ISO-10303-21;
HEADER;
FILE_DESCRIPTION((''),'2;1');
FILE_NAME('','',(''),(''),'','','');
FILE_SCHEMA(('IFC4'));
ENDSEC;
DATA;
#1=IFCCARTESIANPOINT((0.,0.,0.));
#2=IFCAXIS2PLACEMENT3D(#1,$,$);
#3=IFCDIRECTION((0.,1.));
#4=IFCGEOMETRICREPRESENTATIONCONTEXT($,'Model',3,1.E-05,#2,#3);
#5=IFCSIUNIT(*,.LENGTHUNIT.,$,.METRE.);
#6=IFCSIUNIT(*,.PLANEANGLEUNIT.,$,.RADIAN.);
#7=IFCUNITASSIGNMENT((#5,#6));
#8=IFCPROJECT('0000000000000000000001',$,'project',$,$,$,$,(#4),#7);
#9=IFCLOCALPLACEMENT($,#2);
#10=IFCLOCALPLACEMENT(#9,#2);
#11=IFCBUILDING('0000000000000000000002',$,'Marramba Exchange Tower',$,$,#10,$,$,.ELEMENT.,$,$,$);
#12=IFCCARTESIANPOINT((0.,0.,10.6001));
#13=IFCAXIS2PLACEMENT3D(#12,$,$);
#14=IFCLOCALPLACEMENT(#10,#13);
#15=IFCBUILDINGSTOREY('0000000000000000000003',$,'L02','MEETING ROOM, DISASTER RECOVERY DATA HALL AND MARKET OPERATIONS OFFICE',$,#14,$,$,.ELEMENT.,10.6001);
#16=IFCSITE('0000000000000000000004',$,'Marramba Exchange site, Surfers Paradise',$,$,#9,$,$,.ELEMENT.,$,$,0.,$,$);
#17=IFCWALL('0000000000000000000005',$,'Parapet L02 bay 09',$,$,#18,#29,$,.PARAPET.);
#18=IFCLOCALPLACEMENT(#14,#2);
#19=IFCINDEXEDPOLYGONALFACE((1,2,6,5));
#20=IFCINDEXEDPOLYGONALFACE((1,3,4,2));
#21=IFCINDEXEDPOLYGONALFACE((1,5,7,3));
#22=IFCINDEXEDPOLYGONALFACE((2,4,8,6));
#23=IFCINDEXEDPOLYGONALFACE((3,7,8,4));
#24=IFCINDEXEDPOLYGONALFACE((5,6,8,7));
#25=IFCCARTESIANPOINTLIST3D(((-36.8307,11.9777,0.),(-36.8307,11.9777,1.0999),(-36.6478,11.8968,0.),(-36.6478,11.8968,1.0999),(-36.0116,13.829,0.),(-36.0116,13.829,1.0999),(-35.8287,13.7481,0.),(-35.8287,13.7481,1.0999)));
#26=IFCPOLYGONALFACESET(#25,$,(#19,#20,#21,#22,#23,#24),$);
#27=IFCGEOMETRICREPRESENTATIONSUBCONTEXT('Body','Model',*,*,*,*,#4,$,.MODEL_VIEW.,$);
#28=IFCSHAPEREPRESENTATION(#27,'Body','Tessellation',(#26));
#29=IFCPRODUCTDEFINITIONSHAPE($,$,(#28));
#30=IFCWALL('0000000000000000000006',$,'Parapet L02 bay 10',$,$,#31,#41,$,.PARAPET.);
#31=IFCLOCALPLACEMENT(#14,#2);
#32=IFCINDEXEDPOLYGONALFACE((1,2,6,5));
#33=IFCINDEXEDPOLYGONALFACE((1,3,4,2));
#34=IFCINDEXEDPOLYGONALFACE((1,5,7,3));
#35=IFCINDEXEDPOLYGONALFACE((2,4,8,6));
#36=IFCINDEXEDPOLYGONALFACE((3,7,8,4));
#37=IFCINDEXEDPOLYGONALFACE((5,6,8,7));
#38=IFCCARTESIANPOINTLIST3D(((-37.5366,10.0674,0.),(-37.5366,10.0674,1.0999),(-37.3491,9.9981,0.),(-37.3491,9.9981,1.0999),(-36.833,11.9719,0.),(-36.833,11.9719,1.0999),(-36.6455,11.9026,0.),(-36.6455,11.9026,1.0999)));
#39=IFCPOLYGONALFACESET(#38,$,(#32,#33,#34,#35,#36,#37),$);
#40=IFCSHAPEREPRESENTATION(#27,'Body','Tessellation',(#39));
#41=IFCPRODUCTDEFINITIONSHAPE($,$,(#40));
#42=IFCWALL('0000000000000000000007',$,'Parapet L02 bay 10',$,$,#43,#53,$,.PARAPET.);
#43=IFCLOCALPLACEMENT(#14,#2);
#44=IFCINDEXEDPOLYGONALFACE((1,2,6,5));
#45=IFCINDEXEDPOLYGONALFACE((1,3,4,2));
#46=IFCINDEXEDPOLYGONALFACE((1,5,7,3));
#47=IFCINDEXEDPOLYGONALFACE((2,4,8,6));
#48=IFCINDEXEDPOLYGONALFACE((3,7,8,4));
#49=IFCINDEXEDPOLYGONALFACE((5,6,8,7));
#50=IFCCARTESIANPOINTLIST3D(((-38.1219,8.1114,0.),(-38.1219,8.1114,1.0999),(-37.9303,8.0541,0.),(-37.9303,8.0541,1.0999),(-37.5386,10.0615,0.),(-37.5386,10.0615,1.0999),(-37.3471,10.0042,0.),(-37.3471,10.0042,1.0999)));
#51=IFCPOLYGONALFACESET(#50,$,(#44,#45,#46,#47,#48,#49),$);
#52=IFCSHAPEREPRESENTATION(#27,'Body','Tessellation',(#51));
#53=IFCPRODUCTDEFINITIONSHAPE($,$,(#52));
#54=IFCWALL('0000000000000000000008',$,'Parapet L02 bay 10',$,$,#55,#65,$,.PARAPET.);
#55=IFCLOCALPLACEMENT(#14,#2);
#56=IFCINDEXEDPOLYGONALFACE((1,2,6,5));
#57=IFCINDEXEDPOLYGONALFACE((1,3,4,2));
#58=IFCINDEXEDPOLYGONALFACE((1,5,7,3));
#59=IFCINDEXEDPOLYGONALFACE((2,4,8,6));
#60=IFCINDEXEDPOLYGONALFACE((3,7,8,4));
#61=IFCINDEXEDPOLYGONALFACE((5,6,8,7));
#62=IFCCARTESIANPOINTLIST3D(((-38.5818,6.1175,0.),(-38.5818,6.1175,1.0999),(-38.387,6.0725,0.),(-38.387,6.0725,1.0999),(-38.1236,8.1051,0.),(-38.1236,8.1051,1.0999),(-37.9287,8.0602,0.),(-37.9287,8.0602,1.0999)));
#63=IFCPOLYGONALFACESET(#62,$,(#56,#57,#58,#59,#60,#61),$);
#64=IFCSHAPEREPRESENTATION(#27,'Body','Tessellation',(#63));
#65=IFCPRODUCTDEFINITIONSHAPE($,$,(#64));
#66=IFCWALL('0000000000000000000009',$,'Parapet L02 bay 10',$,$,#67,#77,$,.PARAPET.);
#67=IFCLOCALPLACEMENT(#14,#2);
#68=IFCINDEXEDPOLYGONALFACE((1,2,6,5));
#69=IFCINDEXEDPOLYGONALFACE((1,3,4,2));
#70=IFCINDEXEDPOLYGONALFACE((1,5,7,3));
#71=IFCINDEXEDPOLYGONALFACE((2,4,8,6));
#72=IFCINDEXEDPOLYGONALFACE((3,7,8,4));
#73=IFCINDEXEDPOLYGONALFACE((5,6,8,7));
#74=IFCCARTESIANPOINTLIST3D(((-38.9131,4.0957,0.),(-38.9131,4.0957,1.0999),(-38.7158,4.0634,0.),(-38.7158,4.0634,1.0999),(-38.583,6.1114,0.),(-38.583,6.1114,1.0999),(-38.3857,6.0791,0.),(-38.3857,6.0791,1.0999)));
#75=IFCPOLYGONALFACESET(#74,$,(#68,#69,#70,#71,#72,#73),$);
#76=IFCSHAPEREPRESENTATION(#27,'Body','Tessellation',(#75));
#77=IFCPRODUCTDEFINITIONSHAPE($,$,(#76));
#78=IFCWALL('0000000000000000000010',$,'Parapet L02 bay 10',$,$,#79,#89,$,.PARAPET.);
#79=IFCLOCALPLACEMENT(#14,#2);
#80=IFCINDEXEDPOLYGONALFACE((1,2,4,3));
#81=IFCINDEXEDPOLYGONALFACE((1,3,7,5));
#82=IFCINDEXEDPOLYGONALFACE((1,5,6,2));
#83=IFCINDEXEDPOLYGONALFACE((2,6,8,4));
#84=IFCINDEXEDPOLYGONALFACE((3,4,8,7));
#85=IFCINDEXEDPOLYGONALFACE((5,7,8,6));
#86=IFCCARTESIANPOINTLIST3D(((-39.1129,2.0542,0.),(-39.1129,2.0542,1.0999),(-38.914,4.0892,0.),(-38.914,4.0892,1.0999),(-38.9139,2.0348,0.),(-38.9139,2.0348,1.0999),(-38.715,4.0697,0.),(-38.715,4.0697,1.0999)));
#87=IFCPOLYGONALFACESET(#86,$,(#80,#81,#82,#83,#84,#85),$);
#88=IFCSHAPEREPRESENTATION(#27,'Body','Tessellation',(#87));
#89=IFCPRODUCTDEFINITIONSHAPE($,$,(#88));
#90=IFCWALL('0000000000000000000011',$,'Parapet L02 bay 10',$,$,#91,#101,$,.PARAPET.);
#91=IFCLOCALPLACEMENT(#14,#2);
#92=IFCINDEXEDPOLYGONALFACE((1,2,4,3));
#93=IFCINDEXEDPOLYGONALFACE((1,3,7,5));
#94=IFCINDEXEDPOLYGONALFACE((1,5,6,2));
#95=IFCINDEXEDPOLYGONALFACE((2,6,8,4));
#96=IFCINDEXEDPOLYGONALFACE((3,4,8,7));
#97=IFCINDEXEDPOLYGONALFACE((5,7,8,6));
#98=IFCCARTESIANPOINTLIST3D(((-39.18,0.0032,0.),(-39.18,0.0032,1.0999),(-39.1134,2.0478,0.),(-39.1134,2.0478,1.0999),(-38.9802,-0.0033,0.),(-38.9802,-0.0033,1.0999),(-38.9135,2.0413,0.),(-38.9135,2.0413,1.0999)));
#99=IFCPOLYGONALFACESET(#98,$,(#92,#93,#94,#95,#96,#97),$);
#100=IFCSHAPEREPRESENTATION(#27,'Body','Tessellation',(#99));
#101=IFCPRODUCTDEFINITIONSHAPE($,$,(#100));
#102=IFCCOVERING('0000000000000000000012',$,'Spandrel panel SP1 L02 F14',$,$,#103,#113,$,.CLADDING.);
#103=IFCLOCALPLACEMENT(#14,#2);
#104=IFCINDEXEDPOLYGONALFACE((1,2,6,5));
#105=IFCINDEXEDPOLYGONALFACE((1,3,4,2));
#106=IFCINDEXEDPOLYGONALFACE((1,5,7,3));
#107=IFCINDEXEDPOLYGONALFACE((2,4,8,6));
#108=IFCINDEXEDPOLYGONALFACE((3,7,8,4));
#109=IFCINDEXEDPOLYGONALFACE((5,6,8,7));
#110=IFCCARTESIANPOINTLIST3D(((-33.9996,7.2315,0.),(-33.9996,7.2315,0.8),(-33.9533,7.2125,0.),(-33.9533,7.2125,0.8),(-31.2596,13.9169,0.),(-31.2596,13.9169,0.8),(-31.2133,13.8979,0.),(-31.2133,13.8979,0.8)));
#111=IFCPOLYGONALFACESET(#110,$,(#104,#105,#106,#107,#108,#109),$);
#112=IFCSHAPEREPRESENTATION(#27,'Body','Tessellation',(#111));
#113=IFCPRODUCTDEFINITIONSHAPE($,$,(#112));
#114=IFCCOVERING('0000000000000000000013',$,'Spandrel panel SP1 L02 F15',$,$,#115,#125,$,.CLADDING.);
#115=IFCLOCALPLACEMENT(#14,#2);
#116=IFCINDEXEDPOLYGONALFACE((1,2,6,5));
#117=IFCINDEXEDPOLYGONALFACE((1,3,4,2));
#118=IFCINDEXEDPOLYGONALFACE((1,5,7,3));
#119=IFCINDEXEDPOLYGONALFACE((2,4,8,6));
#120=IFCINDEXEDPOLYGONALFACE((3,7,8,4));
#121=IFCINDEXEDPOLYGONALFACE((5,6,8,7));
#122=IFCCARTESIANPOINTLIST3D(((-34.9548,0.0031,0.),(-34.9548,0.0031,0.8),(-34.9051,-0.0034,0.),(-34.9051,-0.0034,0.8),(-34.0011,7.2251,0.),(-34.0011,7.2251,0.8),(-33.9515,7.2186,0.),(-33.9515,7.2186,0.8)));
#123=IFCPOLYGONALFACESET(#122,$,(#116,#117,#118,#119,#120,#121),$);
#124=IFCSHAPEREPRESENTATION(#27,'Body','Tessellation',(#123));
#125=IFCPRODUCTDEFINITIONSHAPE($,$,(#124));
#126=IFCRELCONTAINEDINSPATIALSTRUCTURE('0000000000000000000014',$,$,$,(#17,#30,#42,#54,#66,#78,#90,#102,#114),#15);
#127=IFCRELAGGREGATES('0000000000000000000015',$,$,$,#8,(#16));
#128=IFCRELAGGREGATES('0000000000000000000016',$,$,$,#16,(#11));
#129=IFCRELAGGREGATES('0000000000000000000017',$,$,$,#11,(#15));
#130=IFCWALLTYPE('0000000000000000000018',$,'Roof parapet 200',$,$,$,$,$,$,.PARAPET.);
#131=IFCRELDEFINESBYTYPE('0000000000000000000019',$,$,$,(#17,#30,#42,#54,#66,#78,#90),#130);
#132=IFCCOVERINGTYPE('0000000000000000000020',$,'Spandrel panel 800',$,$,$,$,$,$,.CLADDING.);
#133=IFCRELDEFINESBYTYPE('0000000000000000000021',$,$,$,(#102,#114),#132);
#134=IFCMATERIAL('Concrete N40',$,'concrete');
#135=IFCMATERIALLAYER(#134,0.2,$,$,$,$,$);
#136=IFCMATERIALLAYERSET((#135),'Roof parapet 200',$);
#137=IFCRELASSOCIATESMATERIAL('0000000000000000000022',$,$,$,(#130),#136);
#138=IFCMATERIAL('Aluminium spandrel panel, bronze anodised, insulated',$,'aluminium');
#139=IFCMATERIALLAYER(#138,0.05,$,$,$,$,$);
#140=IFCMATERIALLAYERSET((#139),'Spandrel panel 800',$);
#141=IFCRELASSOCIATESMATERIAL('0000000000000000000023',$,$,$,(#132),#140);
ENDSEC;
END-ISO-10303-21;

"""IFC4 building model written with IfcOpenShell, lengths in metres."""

from ifc_helpers import new_model, si_unit, direction, frame, frame_2d, origin, origin_2d, place, context, subcontext, project, spatial, rectangle, extrude, material, layer, layer_set, type_object, element, save


model = new_model("IFC4")

# Units and contexts
model_context = context("Model", 3, precision=1e-05, world=origin(), true_north=direction((0.0, 1.0)))
body_context = subcontext(model_context, "Body", "Model", "MODEL_VIEW")
ifc_project = project(units=[si_unit("LENGTHUNIT", "METRE"), si_unit("PLANEANGLEUNIT", "RADIAN")], contexts=[model_context])

# Site, building, storey
site_placement = place(None, origin())
site = spatial("IfcSite", under=ifc_project, at=site_placement, Name="Marramba Exchange site, Surfers Paradise", CompositionType="ELEMENT", RefElevation=0.0)
building_placement = place(site_placement, origin())
building = spatial("IfcBuilding", under=site, at=building_placement, Name="Marramba Exchange Tower", CompositionType="ELEMENT")
storey_placement = place(building_placement, frame((0.0, 0.0, 10.6001)))
storey = spatial("IfcBuildingStorey", under=building, at=storey_placement, Name="L02", Description="MEETING ROOM, DISASTER RECOVERY DATA HALL AND MARKET OPERATIONS OFFICE", CompositionType="ELEMENT", Elevation=10.6001)

# Walls
ifc_material_1 = material(Name="Concrete N40", Category="concrete")
ifc_layer_1 = layer(ifc_material_1, 0.2)
ifc_layer_set_1 = layer_set([ifc_layer_1], Name="Roof parapet 200")
wall_type = type_object("IfcWallType", Name="Roof parapet 200", PredefinedType="PARAPET", material=ifc_layer_set_1)
wall_1_placement = place(storey_placement, frame((-35.9202, 13.7886, 0.0), z_axis=(0.0, 0.0, 1.0), x_axis=(-0.404605, -0.914492, 0.0)))
element("IfcWall", 1, at=wall_1_placement, inside=storey, type_object=wall_type, Name="Parapet L02 bay 09", PredefinedType="PARAPET", context=body_context, shape_type="SweptSolid", body=[
    extrude(rectangle(XDim=2.0244, YDim=0.2, at=frame_2d((1.0122, 0.0))), origin(), (0.0, 0.0, 1.0), 1.0999),
])
wall_2_placement = place(storey_placement, frame((-36.7393, 11.9373, 0.0), z_axis=(0.0, 0.0, 1.0), x_axis=(-0.346547, -0.938033, 0.0)))
element("IfcWall", 2, at=wall_2_placement, inside=storey, type_object=wall_type, Name="Parapet L02 bay 10", PredefinedType="PARAPET", context=body_context, shape_type="SweptSolid", body=[
    extrude(rectangle(XDim=2.0303, YDim=0.2, at=frame_2d((1.0151, 0.0))), origin(), (0.0, 0.0, 1.0), 1.0999),
])
wall_3_placement = place(storey_placement, frame((-37.4429, 10.0327, 0.0), z_axis=(0.0, 0.0, 1.0), x_axis=(-0.286566, -0.95806, 0.0)))
element("IfcWall", 3, at=wall_3_placement, inside=storey, type_object=wall_type, Name="Parapet L02 bay 10", PredefinedType="PARAPET", context=body_context, shape_type="SweptSolid", body=[
    extrude(rectangle(XDim=2.0354, YDim=0.2, at=frame_2d((1.0176, 0.0))), origin(), (0.0, 0.0, 1.0), 1.0999),
])
wall_4_placement = place(storey_placement, frame((-38.0261, 8.0828, 0.0), z_axis=(0.0, 0.0, 1.0), x_axis=(-0.224667, -0.974436, 0.0)))
element("IfcWall", 4, at=wall_4_placement, inside=storey, type_object=wall_type, Name="Parapet L02 bay 10", PredefinedType="PARAPET", context=body_context, shape_type="SweptSolid", body=[
    extrude(rectangle(XDim=2.0398, YDim=0.2, at=frame_2d((1.02, 0.0))), origin(), (0.0, 0.0, 1.0), 1.0999),
])
wall_5_placement = place(storey_placement, frame((-38.4844, 6.0952, 0.0), z_axis=(0.0, 0.0, 1.0), x_axis=(-0.161607, -0.986855, 0.0)))
element("IfcWall", 5, at=wall_5_placement, inside=storey, type_object=wall_type, Name="Parapet L02 bay 10", PredefinedType="PARAPET", context=body_context, shape_type="SweptSolid", body=[
    extrude(rectangle(XDim=2.0425, YDim=0.2, at=frame_2d((1.0212, 0.0))), origin(), (0.0, 0.0, 1.0), 1.0999),
])
wall_6_placement = place(storey_placement, frame((-38.8145, 4.0796, 0.0), z_axis=(0.0, 0.0, 1.0), x_axis=(-0.097316, -0.995254, 0.0)))
element("IfcWall", 6, at=wall_6_placement, inside=storey, type_object=wall_type, Name="Parapet L02 bay 10", PredefinedType="PARAPET", context=body_context, shape_type="SweptSolid", body=[
    extrude(rectangle(XDim=2.0447, YDim=0.2, at=frame_2d((1.0225, 0.0))), origin(), (0.0, 0.0, 1.0), 1.0999),
])
wall_7_placement = place(storey_placement, frame((-39.0134, 2.0447, 0.0), z_axis=(0.0, 0.0, 1.0), x_axis=(-0.03258, -0.999469, 0.0)))
element("IfcWall", 7, at=wall_7_placement, inside=storey, type_object=wall_type, Name="Parapet L02 bay 10", PredefinedType="PARAPET", context=body_context, shape_type="SweptSolid", body=[
    extrude(rectangle(XDim=2.0457, YDim=0.2, at=frame_2d((1.0229, 0.0))), origin(), (0.0, 0.0, 1.0), 1.0999),
])

# Coverings
ifc_material_2 = material(Name="Aluminium spandrel panel, bronze anodised, insulated", Category="aluminium")
ifc_layer_2 = layer(ifc_material_2, 0.05)
ifc_layer_set_2 = layer_set([ifc_layer_2], Name="Spandrel panel 800")
covering_type = type_object("IfcCoveringType", Name="Spandrel panel 800", PredefinedType="CLADDING", material=ifc_layer_set_2)
covering_1_placement = place(storey_placement, frame((-32.6064, 10.5647, 0.0), z_axis=(0.0, 0.0, 1.0), x_axis=(-0.37924, -0.925298, 0.0)))
element("IfcCovering", 8, at=covering_1_placement, inside=storey, type_object=covering_type, Name="Spandrel panel SP1 L02 F14", PredefinedType="CLADDING", context=body_context, shape_type="SweptSolid", body=[
    extrude(rectangle(XDim=7.2251, YDim=0.05, at=origin_2d()), origin(), (0.0, 0.0, 1.0), 0.8),
])
covering_2_placement = place(storey_placement, frame((-34.4531, 3.6108, 0.0), z_axis=(0.0, 0.0, 1.0), x_axis=(-0.130911, -0.991394, 0.0)))
element("IfcCovering", 9, at=covering_2_placement, inside=storey, type_object=covering_type, Name="Spandrel panel SP1 L02 F15", PredefinedType="CLADDING", context=body_context, shape_type="SweptSolid", body=[
    extrude(rectangle(XDim=7.2847, YDim=0.05, at=origin_2d()), origin(), (0.0, 0.0, 1.0), 0.8),
])

save(model, "model.ifc")
